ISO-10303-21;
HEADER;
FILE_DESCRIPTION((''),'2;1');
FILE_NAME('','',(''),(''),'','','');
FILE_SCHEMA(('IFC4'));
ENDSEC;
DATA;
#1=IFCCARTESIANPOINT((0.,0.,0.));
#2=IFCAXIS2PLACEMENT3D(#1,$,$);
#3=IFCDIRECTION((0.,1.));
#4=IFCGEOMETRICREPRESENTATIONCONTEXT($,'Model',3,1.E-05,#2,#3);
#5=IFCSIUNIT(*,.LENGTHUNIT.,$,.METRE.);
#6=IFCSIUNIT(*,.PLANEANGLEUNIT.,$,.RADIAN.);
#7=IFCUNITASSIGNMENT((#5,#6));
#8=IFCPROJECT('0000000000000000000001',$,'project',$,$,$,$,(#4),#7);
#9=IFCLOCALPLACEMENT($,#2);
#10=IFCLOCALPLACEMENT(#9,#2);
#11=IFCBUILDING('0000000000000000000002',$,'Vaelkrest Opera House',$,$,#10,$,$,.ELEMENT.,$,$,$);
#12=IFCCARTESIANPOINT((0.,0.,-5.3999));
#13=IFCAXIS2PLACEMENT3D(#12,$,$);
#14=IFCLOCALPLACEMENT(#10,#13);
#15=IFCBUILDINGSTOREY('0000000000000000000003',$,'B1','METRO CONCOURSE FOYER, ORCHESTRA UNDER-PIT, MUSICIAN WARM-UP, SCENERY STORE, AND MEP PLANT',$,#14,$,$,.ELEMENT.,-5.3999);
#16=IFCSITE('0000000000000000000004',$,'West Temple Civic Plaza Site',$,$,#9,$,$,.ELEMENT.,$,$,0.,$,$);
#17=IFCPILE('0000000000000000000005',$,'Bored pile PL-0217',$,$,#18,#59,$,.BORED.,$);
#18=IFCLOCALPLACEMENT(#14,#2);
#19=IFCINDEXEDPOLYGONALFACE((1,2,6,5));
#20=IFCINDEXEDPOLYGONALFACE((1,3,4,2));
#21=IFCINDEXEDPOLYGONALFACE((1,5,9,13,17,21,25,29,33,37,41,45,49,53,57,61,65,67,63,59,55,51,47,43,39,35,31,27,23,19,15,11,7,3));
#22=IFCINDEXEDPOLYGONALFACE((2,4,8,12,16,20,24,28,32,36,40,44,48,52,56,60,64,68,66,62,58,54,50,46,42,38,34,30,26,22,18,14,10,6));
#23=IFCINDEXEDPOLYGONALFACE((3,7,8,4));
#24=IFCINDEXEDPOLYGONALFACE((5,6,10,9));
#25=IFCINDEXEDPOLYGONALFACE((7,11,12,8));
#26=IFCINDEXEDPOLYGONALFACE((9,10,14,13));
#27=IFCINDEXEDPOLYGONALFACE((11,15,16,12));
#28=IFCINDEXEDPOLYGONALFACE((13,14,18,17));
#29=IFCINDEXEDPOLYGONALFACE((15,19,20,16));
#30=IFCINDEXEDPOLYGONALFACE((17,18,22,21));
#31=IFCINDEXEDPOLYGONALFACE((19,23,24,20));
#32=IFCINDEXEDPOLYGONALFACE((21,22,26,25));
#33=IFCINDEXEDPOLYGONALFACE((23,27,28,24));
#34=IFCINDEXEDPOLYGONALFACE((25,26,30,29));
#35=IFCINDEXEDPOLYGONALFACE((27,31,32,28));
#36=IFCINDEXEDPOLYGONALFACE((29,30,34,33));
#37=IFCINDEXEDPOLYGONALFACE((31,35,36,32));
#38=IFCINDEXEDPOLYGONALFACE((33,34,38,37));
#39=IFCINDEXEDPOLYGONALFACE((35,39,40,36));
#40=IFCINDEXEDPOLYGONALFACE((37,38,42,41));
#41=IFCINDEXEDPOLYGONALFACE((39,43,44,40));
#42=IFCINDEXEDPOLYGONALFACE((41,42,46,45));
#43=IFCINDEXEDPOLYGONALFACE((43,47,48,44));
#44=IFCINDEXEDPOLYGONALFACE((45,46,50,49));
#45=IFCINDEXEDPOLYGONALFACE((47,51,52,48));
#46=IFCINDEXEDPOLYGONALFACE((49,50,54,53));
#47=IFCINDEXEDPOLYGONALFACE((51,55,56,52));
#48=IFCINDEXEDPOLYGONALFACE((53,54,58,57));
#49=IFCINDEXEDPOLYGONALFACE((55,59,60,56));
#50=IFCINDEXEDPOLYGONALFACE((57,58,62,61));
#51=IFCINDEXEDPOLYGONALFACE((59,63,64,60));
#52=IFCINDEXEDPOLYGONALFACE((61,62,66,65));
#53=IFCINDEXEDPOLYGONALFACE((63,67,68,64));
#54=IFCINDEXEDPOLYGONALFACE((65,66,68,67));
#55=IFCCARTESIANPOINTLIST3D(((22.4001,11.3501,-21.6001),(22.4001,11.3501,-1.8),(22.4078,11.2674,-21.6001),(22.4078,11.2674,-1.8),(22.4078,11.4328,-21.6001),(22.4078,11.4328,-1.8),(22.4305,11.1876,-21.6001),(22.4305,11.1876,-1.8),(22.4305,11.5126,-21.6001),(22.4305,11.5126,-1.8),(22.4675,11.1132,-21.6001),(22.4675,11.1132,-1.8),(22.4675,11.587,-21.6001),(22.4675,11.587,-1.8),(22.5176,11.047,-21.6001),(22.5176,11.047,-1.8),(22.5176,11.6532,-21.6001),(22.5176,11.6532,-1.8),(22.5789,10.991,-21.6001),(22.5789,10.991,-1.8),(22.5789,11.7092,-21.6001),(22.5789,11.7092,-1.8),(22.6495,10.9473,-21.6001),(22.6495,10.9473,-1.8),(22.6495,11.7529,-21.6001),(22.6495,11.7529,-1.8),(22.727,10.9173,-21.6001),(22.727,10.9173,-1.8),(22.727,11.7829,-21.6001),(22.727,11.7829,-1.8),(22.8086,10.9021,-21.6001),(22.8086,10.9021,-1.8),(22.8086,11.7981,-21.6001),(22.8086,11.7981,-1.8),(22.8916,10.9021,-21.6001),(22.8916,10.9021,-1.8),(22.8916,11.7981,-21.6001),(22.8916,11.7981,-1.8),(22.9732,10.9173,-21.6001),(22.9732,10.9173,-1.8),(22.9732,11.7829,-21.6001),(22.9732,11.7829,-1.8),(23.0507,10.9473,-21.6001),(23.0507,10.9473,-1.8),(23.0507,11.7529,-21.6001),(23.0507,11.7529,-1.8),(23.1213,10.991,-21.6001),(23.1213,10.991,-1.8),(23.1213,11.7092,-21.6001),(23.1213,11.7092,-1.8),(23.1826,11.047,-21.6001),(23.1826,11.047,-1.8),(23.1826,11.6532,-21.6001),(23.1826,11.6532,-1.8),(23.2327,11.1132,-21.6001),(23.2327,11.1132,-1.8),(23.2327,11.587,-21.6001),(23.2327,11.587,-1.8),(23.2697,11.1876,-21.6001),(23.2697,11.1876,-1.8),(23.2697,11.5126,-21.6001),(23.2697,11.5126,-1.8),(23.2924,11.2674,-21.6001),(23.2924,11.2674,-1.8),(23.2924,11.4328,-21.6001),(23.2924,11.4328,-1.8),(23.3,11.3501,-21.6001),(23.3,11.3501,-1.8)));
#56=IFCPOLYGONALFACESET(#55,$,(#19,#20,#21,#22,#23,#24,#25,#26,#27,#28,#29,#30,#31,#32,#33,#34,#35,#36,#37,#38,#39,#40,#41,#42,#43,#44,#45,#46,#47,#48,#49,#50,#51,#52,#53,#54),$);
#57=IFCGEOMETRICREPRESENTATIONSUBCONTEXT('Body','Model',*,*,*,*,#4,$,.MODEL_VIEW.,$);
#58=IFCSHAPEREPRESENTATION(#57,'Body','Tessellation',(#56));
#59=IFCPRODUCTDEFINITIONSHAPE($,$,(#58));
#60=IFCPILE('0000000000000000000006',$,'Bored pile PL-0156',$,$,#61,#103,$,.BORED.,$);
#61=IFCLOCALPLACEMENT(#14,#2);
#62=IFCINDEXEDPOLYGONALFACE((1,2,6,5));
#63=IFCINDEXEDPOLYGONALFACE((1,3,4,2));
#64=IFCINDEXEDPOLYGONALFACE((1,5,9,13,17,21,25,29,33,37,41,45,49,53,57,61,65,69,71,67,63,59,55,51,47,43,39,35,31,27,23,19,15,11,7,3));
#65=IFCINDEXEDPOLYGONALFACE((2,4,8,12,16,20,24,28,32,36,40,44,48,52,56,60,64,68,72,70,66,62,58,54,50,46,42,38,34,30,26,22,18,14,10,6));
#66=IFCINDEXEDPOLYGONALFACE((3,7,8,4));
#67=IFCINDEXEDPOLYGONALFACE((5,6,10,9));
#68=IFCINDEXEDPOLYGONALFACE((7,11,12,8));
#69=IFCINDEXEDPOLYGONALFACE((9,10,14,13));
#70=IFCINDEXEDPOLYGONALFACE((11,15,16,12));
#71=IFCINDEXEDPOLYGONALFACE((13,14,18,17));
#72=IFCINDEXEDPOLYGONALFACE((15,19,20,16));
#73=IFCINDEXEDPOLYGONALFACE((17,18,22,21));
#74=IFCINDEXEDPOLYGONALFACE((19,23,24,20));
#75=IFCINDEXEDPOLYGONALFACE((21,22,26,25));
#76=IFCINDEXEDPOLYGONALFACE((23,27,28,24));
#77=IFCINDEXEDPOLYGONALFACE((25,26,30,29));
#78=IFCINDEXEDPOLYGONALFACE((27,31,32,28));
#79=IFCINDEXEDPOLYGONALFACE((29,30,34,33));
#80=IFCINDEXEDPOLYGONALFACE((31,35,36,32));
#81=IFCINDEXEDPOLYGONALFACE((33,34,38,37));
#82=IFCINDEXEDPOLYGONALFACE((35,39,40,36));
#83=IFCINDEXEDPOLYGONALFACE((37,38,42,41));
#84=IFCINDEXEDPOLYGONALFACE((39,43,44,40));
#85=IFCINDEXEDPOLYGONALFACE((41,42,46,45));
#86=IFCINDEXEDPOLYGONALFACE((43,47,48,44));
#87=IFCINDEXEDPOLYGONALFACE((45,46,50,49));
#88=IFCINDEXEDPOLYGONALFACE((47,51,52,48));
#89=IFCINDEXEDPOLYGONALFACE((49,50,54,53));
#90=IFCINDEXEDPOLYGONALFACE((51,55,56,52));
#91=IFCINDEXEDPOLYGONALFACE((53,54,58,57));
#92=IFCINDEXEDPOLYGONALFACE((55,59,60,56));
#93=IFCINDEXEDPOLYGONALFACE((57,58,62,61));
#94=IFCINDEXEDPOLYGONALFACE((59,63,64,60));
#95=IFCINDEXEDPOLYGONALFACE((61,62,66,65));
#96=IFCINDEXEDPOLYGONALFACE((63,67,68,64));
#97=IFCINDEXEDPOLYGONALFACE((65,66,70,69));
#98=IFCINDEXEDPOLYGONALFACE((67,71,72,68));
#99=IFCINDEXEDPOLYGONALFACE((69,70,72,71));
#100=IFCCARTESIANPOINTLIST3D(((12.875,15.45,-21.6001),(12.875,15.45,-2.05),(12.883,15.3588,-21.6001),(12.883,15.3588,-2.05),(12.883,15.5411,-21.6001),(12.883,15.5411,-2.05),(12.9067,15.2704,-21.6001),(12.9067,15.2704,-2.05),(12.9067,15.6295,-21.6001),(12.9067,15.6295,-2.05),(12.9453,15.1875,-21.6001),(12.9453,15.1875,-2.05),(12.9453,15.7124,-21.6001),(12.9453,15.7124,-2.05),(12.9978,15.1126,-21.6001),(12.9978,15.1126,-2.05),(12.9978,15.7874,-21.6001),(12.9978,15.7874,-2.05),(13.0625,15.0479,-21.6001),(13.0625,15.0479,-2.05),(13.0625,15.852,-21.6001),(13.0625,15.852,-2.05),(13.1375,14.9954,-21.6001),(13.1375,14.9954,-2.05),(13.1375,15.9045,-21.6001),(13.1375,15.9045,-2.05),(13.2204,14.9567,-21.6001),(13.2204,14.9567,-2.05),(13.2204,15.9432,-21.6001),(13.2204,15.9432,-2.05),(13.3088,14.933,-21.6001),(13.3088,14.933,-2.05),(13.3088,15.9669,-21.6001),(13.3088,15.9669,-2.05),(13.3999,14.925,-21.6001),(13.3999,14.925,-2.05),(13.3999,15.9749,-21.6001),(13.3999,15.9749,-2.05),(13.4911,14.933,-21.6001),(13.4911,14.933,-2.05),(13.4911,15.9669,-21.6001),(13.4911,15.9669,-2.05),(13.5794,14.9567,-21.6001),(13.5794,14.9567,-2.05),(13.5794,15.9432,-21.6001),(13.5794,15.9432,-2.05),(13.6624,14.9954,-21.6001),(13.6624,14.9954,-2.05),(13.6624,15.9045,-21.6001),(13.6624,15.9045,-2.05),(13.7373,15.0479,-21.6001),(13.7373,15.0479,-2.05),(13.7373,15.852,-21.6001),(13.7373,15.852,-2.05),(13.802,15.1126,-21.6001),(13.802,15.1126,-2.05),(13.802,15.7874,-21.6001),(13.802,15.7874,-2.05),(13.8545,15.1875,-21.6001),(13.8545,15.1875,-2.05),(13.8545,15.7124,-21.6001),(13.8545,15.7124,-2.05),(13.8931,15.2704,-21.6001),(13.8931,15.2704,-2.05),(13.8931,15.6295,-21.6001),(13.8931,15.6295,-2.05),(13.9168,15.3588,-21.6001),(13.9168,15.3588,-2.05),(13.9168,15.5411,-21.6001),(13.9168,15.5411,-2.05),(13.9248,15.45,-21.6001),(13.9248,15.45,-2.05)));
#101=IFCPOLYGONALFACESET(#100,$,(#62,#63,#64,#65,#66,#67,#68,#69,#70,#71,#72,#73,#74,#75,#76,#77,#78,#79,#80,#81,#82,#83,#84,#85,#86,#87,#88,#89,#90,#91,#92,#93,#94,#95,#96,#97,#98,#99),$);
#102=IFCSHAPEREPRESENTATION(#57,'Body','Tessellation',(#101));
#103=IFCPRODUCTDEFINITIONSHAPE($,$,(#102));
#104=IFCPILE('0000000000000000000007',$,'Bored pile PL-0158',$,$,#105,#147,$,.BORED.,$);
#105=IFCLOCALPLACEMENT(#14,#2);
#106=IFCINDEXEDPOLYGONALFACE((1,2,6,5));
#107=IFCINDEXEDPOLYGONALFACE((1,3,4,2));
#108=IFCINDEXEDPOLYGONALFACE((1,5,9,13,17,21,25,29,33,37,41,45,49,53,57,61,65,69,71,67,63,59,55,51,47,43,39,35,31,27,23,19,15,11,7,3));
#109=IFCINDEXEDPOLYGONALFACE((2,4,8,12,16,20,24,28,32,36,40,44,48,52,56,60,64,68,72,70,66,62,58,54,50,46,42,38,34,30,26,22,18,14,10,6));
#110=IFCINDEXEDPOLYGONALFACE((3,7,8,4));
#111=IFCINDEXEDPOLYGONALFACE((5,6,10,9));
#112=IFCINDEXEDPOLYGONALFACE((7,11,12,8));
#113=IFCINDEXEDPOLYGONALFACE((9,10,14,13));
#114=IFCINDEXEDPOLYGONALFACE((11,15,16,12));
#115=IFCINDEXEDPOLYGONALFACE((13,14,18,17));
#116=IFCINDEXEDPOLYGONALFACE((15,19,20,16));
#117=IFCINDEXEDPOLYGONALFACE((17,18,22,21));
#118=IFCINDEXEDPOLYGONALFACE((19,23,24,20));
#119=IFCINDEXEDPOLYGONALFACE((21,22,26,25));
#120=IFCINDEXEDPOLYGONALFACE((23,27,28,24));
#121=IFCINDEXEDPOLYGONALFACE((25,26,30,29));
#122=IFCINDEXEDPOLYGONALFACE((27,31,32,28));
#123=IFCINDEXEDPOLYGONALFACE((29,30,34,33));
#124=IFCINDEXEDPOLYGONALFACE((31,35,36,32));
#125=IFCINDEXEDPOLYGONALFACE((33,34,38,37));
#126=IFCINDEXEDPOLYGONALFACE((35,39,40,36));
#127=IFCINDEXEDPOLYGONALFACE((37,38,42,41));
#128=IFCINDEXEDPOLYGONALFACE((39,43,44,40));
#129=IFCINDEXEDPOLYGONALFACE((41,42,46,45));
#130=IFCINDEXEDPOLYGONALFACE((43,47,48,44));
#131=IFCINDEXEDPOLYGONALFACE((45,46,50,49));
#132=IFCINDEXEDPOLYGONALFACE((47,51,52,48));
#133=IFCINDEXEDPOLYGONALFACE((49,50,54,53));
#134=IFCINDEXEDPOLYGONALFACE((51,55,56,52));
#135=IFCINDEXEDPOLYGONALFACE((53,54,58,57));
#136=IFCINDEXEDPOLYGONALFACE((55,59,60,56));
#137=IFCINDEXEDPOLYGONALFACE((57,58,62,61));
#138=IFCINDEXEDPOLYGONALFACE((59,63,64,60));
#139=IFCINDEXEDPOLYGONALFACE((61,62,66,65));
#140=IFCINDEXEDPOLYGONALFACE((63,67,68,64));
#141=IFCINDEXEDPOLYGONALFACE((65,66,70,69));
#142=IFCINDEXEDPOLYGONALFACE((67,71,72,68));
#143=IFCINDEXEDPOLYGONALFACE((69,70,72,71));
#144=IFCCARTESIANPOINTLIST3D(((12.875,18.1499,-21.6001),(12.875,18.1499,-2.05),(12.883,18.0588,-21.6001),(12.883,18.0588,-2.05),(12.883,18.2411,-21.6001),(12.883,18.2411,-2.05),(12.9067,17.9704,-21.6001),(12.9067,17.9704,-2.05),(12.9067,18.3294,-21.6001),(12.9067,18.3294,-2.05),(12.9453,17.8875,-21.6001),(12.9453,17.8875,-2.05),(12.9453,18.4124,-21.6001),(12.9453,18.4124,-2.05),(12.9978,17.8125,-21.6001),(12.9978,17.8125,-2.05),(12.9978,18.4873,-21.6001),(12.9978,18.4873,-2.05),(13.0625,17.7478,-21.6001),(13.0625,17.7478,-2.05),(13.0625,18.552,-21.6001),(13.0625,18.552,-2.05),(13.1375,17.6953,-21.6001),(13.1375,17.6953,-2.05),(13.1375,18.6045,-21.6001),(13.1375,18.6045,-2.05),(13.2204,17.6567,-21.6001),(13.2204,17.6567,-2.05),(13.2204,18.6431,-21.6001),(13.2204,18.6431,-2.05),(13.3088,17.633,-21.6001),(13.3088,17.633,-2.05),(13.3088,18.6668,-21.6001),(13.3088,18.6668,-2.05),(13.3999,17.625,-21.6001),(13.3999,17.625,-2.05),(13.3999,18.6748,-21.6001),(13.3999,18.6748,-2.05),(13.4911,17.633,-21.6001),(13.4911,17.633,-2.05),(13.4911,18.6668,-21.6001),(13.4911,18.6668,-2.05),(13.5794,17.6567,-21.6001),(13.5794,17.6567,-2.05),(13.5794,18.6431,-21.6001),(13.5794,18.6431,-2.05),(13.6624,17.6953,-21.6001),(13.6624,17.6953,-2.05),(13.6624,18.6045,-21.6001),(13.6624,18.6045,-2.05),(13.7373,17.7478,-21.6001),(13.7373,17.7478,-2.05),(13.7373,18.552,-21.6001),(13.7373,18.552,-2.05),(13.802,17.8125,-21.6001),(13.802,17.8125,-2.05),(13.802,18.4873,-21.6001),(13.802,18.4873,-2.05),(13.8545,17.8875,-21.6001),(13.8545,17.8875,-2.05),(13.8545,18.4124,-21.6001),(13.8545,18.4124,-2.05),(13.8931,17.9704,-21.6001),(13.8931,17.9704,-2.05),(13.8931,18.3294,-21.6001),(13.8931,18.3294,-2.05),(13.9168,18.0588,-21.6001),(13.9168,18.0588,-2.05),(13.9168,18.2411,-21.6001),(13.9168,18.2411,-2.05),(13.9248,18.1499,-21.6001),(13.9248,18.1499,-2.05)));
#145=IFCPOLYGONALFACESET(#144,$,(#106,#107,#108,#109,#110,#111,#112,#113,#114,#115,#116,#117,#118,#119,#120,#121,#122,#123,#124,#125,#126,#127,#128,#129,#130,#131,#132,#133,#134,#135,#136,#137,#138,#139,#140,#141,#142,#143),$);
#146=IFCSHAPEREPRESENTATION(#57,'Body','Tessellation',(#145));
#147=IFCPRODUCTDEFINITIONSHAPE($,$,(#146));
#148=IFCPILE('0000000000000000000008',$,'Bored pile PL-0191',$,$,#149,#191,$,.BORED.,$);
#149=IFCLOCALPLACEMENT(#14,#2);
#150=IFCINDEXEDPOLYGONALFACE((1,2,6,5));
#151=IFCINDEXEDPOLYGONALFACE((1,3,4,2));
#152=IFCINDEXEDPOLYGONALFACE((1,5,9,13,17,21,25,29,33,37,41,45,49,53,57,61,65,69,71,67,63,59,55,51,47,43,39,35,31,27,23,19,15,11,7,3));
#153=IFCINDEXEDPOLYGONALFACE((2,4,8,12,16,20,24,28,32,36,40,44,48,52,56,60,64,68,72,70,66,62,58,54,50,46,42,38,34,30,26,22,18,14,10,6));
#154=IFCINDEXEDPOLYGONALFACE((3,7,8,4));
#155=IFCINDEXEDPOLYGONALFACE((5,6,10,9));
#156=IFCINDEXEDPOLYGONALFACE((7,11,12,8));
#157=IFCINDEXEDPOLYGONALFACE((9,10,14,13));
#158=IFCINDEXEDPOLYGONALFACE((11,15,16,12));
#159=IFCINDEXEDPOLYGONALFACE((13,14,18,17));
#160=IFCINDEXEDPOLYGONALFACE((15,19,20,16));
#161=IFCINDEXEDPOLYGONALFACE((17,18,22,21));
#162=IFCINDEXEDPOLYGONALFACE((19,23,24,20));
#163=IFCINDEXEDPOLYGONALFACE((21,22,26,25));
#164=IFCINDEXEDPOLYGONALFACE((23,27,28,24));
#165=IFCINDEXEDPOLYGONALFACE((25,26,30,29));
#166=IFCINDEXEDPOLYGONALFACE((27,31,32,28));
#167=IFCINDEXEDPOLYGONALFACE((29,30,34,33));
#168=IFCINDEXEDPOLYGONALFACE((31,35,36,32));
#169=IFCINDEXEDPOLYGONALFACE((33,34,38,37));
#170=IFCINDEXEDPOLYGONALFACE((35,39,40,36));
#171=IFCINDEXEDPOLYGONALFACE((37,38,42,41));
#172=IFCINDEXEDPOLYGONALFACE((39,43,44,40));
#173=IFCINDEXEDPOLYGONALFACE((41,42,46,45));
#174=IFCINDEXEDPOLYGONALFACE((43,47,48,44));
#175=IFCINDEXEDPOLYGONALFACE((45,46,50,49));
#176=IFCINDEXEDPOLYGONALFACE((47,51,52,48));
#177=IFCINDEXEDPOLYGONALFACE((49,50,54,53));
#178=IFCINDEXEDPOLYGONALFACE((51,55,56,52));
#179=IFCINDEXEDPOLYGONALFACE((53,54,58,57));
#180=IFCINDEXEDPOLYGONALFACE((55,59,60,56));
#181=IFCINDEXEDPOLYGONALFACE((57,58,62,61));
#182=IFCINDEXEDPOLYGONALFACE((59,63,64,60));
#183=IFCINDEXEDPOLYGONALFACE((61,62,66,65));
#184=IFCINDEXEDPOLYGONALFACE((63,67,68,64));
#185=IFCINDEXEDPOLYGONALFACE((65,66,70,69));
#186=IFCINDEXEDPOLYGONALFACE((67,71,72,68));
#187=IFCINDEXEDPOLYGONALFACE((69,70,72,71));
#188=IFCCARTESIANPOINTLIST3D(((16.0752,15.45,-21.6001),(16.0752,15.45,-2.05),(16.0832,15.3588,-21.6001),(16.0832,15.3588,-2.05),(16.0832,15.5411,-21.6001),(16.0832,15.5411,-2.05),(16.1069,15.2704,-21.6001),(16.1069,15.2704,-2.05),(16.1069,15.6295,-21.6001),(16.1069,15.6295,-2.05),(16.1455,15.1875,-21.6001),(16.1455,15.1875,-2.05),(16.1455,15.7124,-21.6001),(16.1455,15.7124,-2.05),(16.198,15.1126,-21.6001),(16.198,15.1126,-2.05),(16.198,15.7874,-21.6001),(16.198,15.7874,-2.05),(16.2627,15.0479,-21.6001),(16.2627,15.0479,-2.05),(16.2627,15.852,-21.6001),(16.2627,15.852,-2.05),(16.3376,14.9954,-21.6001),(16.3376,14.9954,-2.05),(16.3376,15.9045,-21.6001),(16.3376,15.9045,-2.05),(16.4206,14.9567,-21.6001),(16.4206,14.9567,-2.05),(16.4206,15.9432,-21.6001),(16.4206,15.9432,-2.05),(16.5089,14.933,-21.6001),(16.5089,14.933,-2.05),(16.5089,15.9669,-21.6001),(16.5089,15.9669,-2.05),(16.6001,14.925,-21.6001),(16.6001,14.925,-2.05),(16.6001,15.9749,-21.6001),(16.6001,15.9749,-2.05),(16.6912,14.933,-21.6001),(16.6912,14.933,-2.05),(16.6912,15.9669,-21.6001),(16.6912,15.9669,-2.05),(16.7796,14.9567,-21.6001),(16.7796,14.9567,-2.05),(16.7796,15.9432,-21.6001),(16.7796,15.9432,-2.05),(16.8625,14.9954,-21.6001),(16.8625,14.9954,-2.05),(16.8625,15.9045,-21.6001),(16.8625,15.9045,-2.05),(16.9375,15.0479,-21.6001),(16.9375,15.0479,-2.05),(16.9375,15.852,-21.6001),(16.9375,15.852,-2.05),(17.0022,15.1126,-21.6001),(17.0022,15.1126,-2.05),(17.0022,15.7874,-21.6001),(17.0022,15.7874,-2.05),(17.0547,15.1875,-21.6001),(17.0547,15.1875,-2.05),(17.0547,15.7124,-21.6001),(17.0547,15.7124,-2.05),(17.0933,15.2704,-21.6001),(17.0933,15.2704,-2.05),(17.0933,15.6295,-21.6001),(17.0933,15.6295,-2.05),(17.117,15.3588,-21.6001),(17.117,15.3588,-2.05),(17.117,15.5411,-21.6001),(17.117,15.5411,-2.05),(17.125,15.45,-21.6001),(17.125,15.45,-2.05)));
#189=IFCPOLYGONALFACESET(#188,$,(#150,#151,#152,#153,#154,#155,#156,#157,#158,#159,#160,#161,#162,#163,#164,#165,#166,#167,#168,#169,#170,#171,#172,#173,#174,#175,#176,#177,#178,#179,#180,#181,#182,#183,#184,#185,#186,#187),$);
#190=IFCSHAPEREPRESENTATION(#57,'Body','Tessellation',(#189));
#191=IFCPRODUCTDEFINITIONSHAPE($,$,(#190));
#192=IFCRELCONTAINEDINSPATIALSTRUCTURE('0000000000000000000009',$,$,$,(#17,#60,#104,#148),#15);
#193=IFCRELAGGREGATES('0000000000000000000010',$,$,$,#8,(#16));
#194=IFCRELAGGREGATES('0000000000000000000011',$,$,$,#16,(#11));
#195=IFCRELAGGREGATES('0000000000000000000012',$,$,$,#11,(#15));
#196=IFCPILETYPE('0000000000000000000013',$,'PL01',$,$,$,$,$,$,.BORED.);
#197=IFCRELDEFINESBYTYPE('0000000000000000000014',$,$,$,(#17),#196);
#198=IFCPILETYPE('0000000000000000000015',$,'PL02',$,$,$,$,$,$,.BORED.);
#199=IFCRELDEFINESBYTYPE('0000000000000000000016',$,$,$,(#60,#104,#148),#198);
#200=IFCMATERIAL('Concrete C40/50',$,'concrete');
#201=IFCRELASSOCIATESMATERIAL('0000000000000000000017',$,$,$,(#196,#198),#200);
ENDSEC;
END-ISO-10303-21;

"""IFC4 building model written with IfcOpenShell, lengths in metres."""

from ifc_helpers import new_model, si_unit, direction, frame, origin, origin_2d, place, context, subcontext, project, spatial, circle, extrude, material, material_profile, profile_set, type_object, element, save


model = new_model("IFC4")

# Units and contexts
model_context = context("Model", 3, precision=1e-05, world=origin(), true_north=direction((0.0, 1.0)))
body_context = subcontext(model_context, "Body", "Model", "MODEL_VIEW")
ifc_project = project(units=[si_unit("LENGTHUNIT", "METRE"), si_unit("PLANEANGLEUNIT", "RADIAN")], contexts=[model_context])

# Site, building, storey
site_placement = place(None, origin())
site = spatial("IfcSite", under=ifc_project, at=site_placement, Name="West Temple Civic Plaza Site", CompositionType="ELEMENT", RefElevation=0.0)
building_placement = place(site_placement, origin())
building = spatial("IfcBuilding", under=site, at=building_placement, Name="Vaelkrest Opera House", CompositionType="ELEMENT")
storey_placement = place(building_placement, frame((0.0, 0.0, -5.3999)))
storey = spatial("IfcBuildingStorey", under=building, at=storey_placement, Name="B1", Description="METRO CONCOURSE FOYER, ORCHESTRA UNDER-PIT, MUSICIAN WARM-UP, SCENERY STORE, AND MEP PLANT", CompositionType="ELEMENT", Elevation=-5.3999)

# Shared definitions
ifc_material_1 = material(Name="Concrete C40/50", Category="concrete")

# Piles
ifc_material_profile_1 = material_profile(ifc_material_1, circle(Radius=0.45, at=origin_2d()), Name="PILE900")
ifc_profile_set_1 = profile_set([ifc_material_profile_1], Name="Concrete C40/50")
pile_type_1 = type_object("IfcPileType", Name="PL01", PredefinedType="BORED", material=ifc_profile_set_1)
pile_placement = place(storey_placement, frame((22.8501, 11.3501, -1.8), z_axis=(0.0, 0.0, -1.0), x_axis=(1.0, 0.0, 0.0)))
element("IfcPile", 1, at=pile_placement, inside=storey, type_object=pile_type_1, Name="Bored pile PL-0217", PredefinedType="BORED", context=body_context, shape_type="SweptSolid", body=[
    extrude(circle(Radius=0.45, at=origin_2d()), origin(), (0.0, 0.0, 1.0), 19.8),
])
ifc_material_profile_2 = material_profile(ifc_material_1, circle(Radius=0.5249, at=origin_2d()), Name="PILE1050")
ifc_profile_set_2 = profile_set([ifc_material_profile_2], Name="Concrete C40/50")
pile_type_2 = type_object("IfcPileType", Name="PL02", PredefinedType="BORED", material=ifc_profile_set_2)
for number, where, z_axis, x_axis, name in (
    (2, (13.3999, 15.45, -2.05), (0.0, 0.0, -1.0), (1.0, 0.0, 0.0), "Bored pile PL-0156"),
    (3, (13.3999, 18.1499, -2.05), (0.0, 0.0, -1.0), (1.0, 0.0, 0.0), "Bored pile PL-0158"),
    (4, (16.6001, 15.45, -2.05), (0.0, 0.0, -1.0), (1.0, 0.0, 0.0), "Bored pile PL-0191"),
):
    element("IfcPile", number, at=place(storey_placement, frame(where, z_axis=z_axis, x_axis=x_axis)), inside=storey, type_object=pile_type_2, Name=name, PredefinedType="BORED", context=body_context, shape_type="SweptSolid", body=[
        extrude(circle(Radius=0.5249, at=origin_2d()), origin(), (0.0, 0.0, 1.0), 19.55),
    ])

save(model, "model.ifc")
